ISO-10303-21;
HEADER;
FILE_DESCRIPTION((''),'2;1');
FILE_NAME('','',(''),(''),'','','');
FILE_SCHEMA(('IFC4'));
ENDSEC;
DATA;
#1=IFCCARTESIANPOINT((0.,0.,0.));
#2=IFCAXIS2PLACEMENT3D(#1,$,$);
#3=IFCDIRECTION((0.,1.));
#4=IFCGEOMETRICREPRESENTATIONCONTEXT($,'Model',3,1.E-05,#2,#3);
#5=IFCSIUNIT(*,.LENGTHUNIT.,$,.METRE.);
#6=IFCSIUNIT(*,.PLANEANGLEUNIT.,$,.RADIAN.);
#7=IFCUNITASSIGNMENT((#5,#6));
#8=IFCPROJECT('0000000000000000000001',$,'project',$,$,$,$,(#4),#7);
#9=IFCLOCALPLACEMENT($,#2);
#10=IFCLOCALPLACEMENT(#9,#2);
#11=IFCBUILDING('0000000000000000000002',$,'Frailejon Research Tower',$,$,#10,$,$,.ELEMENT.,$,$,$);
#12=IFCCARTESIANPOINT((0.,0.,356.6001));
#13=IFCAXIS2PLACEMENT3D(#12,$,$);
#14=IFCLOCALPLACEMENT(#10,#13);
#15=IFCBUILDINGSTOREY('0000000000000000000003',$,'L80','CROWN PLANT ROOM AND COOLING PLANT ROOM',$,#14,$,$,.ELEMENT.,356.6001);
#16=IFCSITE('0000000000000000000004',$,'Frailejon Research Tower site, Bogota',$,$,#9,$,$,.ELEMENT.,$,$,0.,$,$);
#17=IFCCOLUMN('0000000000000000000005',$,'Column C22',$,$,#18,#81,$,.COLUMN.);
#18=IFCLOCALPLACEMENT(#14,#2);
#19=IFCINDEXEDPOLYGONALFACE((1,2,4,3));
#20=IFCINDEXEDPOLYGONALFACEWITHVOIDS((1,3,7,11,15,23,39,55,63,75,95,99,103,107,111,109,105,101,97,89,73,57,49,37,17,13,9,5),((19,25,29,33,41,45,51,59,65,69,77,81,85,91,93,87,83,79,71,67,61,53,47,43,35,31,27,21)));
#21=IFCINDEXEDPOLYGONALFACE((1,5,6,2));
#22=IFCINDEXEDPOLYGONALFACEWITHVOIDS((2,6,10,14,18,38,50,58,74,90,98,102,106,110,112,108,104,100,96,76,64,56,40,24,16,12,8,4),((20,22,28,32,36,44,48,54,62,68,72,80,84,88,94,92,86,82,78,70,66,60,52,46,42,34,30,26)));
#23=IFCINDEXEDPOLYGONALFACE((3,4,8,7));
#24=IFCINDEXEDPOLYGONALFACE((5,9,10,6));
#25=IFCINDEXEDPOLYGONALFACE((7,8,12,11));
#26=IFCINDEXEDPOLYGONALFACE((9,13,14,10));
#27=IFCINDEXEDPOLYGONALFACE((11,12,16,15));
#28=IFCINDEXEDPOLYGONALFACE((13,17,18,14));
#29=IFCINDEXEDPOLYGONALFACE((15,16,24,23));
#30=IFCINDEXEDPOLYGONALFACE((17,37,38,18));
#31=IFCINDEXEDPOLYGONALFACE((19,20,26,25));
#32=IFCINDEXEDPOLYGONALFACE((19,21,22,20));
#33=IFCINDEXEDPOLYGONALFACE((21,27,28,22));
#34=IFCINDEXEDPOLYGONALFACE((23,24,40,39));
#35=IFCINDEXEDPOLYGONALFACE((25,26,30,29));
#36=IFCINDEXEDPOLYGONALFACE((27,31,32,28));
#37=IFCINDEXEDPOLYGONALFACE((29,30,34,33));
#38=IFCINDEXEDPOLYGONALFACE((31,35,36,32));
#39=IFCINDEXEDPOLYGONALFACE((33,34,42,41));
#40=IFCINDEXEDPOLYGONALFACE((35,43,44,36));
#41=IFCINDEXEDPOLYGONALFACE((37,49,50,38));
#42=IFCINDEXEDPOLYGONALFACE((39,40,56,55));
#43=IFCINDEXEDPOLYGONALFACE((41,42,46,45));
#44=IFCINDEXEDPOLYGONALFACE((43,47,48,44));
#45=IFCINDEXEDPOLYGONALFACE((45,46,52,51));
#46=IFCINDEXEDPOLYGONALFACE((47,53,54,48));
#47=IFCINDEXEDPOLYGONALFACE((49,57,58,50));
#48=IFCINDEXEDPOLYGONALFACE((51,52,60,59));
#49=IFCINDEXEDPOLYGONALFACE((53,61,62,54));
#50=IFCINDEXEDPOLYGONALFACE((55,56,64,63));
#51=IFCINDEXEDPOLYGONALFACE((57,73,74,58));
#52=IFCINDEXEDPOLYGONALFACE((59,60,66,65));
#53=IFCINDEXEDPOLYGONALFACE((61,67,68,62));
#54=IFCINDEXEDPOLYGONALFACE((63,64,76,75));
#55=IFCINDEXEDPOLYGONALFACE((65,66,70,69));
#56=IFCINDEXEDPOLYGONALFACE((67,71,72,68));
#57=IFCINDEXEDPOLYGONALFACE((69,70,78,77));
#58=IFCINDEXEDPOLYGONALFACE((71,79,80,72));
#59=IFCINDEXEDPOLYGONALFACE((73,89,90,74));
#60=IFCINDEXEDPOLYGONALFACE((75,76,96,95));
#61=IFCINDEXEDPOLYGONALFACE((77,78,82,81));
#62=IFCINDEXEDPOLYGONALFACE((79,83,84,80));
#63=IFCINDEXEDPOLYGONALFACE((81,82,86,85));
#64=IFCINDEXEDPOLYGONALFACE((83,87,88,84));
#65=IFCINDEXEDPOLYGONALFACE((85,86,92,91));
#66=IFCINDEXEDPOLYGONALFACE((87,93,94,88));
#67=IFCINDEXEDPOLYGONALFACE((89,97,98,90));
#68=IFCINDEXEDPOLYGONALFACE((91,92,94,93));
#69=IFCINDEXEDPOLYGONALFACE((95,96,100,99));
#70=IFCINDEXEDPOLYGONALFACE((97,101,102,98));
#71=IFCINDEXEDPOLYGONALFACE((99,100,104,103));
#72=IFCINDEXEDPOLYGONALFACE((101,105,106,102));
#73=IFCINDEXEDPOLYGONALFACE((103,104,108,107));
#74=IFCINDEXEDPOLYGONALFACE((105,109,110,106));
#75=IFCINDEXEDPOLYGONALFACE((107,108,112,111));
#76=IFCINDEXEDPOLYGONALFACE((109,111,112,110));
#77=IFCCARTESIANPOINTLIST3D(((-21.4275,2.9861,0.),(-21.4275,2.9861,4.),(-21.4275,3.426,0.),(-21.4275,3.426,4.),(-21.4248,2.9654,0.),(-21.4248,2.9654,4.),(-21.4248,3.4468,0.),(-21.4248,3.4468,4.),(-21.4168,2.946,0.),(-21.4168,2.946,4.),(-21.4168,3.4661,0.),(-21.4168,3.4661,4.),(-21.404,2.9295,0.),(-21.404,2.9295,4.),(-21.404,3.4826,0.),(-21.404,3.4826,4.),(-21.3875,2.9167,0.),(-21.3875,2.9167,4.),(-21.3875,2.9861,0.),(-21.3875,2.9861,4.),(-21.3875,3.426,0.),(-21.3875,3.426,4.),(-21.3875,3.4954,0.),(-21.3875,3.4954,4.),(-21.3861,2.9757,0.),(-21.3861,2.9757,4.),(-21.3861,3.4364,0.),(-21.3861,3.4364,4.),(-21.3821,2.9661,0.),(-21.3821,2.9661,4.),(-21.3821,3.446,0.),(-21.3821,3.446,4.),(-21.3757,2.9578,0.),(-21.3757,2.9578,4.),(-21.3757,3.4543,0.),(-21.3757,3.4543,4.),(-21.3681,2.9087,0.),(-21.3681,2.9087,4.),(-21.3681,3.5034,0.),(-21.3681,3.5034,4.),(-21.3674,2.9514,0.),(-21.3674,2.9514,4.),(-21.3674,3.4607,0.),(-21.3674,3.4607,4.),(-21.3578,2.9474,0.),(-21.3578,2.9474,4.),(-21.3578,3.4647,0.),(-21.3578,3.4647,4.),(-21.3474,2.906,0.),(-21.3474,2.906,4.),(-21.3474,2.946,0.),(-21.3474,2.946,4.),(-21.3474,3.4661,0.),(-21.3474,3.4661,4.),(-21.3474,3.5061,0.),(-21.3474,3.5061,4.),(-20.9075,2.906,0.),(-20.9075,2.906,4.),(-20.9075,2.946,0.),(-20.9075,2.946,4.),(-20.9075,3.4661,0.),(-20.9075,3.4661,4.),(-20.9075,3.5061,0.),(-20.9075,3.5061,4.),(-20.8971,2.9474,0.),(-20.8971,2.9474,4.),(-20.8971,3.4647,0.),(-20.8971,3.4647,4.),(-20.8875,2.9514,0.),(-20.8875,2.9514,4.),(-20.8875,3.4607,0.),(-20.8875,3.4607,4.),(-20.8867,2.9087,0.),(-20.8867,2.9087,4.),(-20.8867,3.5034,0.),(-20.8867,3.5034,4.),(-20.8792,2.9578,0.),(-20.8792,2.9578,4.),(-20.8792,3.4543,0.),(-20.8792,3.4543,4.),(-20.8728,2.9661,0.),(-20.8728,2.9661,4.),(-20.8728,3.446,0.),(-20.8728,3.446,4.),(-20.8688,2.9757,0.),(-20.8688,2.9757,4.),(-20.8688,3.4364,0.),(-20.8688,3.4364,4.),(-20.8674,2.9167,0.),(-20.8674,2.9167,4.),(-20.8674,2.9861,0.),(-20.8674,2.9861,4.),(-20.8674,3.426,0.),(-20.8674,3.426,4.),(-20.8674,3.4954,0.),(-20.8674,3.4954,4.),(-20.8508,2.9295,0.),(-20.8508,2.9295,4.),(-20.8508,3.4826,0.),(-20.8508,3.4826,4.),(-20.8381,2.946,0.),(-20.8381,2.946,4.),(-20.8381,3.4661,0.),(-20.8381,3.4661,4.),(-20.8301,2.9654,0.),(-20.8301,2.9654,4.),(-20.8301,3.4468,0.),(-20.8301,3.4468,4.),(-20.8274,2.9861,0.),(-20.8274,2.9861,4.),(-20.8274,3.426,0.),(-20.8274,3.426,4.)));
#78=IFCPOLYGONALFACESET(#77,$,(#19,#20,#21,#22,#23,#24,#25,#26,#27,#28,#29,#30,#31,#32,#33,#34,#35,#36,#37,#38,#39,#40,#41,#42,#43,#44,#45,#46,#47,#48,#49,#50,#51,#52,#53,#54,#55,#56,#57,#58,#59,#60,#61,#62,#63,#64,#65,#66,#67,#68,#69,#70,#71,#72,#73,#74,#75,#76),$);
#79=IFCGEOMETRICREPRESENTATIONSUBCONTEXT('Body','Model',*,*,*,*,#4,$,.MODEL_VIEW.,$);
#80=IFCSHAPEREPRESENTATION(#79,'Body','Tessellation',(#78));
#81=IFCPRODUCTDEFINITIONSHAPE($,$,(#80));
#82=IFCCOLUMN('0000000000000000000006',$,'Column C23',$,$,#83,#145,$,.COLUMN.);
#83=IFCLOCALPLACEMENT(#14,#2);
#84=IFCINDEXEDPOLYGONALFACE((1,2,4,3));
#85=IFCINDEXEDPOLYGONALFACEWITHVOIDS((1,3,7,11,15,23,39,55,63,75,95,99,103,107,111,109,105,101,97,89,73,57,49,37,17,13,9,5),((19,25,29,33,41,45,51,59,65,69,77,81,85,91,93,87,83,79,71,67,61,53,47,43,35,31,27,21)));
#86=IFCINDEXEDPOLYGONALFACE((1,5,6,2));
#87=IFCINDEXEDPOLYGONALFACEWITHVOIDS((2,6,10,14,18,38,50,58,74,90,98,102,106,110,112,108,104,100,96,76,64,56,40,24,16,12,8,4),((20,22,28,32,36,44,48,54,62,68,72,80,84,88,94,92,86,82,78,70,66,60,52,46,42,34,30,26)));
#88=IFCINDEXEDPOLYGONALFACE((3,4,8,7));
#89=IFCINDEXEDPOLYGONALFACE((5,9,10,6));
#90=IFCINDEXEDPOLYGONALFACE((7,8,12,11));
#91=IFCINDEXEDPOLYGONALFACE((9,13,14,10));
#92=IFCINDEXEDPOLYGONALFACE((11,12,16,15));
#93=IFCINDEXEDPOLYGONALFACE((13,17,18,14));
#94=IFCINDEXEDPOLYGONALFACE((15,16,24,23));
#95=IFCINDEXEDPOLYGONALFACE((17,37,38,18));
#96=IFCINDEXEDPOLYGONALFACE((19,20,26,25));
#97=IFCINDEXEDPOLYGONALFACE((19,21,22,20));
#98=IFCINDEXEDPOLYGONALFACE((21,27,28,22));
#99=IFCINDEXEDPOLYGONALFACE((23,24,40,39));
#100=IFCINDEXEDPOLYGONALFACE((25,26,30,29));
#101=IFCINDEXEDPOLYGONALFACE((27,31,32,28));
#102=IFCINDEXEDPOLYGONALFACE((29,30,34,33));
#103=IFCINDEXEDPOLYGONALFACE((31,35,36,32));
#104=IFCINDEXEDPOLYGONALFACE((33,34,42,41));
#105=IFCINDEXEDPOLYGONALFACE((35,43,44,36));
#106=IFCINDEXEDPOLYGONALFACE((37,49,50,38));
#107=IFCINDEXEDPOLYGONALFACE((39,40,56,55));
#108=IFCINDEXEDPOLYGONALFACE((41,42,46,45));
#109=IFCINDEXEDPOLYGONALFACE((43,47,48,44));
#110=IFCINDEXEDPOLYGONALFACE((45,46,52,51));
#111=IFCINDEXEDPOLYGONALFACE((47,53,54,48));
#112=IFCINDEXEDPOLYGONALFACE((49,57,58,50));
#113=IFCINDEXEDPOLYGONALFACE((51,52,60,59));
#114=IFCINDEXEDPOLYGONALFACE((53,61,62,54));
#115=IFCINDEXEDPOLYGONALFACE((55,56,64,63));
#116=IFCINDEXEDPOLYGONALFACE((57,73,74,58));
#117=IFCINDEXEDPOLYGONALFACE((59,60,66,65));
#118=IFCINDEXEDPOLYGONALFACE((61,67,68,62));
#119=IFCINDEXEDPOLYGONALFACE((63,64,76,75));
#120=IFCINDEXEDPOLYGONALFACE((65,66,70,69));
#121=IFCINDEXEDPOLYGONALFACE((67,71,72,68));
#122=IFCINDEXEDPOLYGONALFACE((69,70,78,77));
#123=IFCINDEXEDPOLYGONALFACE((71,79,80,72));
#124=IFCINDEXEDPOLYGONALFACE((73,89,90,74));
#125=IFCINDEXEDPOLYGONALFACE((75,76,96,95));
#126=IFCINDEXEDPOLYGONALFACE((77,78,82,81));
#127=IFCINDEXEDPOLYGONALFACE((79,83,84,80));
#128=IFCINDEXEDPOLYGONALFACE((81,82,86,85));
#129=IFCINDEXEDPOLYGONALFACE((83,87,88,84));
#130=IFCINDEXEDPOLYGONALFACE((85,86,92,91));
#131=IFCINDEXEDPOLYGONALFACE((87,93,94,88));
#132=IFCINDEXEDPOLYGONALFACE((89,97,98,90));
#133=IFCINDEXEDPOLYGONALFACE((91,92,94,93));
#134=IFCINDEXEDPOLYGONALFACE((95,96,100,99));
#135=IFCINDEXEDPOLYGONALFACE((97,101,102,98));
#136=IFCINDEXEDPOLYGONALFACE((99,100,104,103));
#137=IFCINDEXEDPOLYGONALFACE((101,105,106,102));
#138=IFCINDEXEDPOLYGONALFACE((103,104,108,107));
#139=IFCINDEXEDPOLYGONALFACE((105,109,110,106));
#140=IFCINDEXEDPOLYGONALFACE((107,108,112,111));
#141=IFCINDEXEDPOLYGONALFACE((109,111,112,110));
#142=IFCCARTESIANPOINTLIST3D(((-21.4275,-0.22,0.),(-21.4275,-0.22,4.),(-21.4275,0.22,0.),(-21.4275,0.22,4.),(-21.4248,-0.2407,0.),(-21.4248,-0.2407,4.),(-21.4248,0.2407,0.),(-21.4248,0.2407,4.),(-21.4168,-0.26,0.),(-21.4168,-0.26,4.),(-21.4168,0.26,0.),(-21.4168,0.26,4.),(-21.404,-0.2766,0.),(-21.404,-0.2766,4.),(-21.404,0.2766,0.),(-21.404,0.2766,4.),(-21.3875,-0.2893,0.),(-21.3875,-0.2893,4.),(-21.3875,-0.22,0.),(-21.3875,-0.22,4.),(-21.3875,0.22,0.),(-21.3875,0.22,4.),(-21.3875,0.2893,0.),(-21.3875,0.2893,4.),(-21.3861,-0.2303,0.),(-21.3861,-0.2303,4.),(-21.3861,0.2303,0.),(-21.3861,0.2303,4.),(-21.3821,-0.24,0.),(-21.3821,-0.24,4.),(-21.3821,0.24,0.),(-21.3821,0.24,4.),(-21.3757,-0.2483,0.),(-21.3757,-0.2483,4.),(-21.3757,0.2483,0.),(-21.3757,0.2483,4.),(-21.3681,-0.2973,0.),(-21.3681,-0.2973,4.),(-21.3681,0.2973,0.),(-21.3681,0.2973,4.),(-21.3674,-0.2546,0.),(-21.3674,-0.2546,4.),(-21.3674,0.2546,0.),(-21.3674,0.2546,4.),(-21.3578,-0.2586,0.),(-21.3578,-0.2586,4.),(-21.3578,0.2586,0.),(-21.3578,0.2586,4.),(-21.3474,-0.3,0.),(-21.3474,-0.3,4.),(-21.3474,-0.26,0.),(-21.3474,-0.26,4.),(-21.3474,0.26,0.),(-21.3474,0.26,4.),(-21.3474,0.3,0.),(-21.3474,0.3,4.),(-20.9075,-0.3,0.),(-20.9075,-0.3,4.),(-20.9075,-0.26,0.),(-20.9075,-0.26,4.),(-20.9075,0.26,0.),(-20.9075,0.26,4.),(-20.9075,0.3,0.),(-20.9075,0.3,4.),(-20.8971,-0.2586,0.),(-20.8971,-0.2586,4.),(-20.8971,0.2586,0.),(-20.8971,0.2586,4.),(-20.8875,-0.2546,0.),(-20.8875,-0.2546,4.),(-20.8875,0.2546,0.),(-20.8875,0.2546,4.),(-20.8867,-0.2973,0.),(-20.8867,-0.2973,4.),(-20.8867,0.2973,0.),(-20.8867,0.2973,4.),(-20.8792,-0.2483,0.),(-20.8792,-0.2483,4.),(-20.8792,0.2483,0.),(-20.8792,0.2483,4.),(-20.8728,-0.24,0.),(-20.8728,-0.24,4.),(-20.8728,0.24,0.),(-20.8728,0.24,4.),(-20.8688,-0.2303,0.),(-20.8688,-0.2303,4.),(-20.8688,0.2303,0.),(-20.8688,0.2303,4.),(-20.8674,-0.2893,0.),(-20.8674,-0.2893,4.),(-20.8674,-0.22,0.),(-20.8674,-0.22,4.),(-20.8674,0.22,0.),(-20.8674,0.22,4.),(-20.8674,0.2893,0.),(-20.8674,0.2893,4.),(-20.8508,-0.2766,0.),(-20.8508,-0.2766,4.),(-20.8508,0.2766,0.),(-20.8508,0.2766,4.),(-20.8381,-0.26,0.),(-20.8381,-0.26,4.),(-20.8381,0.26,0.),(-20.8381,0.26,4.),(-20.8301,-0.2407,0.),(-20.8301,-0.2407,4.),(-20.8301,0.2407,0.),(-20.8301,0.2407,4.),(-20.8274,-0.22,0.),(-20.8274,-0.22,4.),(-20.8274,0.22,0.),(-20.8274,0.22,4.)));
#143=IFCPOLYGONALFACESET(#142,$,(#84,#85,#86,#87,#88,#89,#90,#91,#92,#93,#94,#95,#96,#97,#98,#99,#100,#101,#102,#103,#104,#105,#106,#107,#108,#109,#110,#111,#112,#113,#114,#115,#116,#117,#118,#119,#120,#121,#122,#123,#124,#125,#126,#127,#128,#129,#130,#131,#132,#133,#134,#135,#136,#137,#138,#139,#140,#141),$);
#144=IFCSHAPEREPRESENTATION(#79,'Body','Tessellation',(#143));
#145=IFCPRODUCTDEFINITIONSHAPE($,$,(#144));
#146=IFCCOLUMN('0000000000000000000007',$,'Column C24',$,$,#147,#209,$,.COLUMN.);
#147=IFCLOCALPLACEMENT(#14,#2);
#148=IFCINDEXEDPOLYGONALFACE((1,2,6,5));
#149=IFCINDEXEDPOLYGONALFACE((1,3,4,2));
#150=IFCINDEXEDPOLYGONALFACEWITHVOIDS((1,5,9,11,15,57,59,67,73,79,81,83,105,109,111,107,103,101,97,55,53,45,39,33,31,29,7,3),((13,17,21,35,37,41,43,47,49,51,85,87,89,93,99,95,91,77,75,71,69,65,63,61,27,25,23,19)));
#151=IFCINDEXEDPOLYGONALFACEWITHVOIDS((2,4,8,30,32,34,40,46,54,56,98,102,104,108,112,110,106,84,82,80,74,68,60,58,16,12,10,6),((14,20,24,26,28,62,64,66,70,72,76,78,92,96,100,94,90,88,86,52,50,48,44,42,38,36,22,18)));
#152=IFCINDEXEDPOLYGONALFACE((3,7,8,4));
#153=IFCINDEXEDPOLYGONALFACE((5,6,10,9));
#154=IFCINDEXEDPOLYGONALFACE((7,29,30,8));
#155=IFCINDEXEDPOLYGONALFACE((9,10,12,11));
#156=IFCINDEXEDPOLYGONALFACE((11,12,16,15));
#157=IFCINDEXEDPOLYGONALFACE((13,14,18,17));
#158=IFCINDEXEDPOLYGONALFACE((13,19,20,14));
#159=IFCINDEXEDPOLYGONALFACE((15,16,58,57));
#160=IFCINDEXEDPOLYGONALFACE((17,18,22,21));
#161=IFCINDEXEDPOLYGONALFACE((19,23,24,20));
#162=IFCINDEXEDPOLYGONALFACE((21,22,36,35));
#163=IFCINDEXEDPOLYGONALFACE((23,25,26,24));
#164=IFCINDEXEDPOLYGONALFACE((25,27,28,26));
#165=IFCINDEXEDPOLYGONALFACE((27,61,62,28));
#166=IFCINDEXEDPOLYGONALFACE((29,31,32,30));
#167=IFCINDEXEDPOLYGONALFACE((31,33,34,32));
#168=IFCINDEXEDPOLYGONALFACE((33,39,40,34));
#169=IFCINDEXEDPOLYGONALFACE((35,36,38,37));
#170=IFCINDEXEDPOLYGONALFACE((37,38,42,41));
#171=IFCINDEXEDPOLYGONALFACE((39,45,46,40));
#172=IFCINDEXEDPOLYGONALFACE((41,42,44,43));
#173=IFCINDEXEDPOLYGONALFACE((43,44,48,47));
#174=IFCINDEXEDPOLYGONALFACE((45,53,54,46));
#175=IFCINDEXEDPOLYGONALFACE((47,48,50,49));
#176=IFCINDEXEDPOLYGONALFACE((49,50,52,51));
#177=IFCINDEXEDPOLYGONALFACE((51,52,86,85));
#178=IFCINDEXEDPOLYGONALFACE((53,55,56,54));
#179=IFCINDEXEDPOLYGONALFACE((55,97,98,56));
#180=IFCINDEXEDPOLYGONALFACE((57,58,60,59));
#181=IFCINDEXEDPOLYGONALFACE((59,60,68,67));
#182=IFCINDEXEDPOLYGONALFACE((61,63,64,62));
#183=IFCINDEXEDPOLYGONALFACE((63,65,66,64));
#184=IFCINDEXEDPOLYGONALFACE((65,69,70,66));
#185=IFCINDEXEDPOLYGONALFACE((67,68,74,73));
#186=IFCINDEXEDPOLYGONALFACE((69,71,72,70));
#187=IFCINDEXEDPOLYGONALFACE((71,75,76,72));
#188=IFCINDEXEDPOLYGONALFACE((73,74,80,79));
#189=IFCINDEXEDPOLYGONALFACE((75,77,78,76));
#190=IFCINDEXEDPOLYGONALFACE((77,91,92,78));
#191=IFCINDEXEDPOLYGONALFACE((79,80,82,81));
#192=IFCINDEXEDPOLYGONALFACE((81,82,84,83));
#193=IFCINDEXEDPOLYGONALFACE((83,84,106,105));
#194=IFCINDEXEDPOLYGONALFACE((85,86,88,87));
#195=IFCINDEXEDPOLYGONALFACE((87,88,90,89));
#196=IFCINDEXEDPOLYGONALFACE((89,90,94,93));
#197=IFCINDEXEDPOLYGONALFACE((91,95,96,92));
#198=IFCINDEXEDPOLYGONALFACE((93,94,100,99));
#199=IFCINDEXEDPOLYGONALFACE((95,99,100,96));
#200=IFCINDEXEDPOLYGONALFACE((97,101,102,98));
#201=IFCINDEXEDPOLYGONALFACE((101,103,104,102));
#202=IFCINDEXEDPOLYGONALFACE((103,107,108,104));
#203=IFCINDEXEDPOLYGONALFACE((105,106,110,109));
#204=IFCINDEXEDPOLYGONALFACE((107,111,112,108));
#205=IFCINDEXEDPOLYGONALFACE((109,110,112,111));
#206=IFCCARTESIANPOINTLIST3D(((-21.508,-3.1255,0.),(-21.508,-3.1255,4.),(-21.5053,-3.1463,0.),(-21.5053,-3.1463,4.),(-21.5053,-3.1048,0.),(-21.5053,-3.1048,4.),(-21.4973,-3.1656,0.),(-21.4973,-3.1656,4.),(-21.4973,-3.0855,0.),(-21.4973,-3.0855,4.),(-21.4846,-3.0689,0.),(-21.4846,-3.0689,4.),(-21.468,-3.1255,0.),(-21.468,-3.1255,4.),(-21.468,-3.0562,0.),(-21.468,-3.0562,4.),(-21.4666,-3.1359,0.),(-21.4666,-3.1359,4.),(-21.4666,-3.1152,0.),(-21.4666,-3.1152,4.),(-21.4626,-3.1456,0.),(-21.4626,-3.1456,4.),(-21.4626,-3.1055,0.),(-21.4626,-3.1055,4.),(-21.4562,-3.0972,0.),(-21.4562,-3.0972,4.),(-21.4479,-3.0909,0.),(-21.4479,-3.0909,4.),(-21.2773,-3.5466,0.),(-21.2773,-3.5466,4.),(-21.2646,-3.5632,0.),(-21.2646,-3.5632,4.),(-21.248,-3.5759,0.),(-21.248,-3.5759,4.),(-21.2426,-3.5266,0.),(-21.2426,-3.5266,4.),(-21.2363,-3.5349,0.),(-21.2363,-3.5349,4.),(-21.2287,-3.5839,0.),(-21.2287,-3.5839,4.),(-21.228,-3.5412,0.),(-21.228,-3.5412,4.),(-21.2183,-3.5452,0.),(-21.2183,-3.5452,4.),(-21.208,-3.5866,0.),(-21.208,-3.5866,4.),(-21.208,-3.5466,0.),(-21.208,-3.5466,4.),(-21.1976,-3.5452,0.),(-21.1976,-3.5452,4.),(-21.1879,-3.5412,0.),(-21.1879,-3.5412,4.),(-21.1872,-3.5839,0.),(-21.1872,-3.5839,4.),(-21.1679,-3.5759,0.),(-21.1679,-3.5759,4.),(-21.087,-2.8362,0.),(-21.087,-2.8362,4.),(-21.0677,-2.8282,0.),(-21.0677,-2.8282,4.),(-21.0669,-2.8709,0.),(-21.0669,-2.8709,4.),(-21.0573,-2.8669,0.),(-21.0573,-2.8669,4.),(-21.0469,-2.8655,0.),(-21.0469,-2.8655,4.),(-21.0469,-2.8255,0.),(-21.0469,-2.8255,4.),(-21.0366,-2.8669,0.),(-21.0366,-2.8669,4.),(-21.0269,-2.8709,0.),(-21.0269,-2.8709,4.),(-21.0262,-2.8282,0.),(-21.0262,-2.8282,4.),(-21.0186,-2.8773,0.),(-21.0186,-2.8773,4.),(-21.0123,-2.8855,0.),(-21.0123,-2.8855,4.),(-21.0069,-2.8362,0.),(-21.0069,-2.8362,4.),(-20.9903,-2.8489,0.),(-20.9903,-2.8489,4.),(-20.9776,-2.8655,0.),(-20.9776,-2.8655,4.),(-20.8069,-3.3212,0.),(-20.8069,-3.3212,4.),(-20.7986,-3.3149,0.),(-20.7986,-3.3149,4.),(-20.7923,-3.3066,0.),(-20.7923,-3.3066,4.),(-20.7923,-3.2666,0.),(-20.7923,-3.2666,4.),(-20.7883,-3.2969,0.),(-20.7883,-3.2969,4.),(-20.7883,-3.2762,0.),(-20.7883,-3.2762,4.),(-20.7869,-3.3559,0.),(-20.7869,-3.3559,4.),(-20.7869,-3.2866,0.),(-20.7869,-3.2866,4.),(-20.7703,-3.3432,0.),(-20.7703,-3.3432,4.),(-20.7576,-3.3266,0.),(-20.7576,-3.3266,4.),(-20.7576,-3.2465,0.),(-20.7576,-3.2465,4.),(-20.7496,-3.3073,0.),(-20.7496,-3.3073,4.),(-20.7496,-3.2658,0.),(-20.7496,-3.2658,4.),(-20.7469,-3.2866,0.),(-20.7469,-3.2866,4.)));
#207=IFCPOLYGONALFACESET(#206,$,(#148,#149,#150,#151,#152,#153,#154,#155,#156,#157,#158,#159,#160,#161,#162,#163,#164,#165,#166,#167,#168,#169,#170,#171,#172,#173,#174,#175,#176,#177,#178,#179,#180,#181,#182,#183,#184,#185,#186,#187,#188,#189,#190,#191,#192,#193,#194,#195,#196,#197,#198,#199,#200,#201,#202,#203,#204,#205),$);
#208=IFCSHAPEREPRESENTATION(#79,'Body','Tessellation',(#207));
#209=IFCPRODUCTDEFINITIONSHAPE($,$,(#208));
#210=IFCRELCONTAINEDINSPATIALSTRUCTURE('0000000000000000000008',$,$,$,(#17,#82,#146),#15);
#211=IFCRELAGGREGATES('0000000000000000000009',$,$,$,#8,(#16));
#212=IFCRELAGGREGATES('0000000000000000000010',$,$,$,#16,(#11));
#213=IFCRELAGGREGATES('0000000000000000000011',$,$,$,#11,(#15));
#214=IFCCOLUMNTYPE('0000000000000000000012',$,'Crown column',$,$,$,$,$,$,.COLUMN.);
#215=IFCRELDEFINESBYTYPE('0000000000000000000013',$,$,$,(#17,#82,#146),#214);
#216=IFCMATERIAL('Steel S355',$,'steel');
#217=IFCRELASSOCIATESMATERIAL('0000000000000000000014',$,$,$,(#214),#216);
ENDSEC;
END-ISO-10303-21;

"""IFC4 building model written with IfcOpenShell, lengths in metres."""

from ifc_helpers import new_model, si_unit, direction, frame, origin, origin_2d, place, context, subcontext, project, spatial, hollow_rectangle, extrude, material, material_profile, profile_set, type_object, element, save


model = new_model("IFC4")

# Units and contexts
model_context = context("Model", 3, precision=1e-05, world=origin(), true_north=direction((0.0, 1.0)))
body_context = subcontext(model_context, "Body", "Model", "MODEL_VIEW")
ifc_project = project(units=[si_unit("LENGTHUNIT", "METRE"), si_unit("PLANEANGLEUNIT", "RADIAN")], contexts=[model_context])

# Site, building, storey
site_placement = place(None, origin())
site = spatial("IfcSite", under=ifc_project, at=site_placement, Name="Frailejon Research Tower site, Bogota", CompositionType="ELEMENT", RefElevation=0.0)
building_placement = place(site_placement, origin())
building = spatial("IfcBuilding", under=site, at=building_placement, Name="Frailejon Research Tower", CompositionType="ELEMENT")
storey_placement = place(building_placement, frame((0.0, 0.0, 356.6001)))
storey = spatial("IfcBuildingStorey", under=building, at=storey_placement, Name="L80", Description="CROWN PLANT ROOM AND COOLING PLANT ROOM", CompositionType="ELEMENT", Elevation=356.6001)

# Columns
ifc_material_1 = material(Name="Steel S355", Category="steel")
ifc_material_profile_1 = material_profile(ifc_material_1, hollow_rectangle(XDim=0.6001, YDim=0.6001, WallThickness=0.04, InnerFilletRadius=0.04, OuterFilletRadius=0.0801, at=origin_2d()), Name="Crown column")
ifc_profile_set_1 = profile_set([ifc_material_profile_1], Name="Steel S355")
column_type = type_object("IfcColumnType", Name="Crown column", PredefinedType="COLUMN", material=ifc_profile_set_1)
for number, where, z_axis, x_axis, name in (
    (1, (-21.1274, 3.2061, 0.0), (0.0, 0.0, 1.0), (0.0, -1.0, 0.0), "Column C22"),
    (2, (-21.1274, 0.0, 0.0), (0.0, 0.0, 1.0), (0.0, -1.0, 0.0), "Column C23"),
    (3, (-21.1274, -3.2061, 0.0), (0.0, 0.0, 1.0), (0.5, -0.866025, 0.0), "Column C24"),
):
    element("IfcColumn", number, at=place(storey_placement, frame(where, z_axis=z_axis, x_axis=x_axis)), inside=storey, type_object=column_type, Name=name, PredefinedType="COLUMN", context=body_context, shape_type="SweptSolid", body=[
        extrude(hollow_rectangle(XDim=0.6001, YDim=0.6001, WallThickness=0.04, InnerFilletRadius=0.04, OuterFilletRadius=0.0801, at=origin_2d()), origin(), (0.0, 0.0, 1.0), 4.0),
    ])

save(model, "model.ifc")
